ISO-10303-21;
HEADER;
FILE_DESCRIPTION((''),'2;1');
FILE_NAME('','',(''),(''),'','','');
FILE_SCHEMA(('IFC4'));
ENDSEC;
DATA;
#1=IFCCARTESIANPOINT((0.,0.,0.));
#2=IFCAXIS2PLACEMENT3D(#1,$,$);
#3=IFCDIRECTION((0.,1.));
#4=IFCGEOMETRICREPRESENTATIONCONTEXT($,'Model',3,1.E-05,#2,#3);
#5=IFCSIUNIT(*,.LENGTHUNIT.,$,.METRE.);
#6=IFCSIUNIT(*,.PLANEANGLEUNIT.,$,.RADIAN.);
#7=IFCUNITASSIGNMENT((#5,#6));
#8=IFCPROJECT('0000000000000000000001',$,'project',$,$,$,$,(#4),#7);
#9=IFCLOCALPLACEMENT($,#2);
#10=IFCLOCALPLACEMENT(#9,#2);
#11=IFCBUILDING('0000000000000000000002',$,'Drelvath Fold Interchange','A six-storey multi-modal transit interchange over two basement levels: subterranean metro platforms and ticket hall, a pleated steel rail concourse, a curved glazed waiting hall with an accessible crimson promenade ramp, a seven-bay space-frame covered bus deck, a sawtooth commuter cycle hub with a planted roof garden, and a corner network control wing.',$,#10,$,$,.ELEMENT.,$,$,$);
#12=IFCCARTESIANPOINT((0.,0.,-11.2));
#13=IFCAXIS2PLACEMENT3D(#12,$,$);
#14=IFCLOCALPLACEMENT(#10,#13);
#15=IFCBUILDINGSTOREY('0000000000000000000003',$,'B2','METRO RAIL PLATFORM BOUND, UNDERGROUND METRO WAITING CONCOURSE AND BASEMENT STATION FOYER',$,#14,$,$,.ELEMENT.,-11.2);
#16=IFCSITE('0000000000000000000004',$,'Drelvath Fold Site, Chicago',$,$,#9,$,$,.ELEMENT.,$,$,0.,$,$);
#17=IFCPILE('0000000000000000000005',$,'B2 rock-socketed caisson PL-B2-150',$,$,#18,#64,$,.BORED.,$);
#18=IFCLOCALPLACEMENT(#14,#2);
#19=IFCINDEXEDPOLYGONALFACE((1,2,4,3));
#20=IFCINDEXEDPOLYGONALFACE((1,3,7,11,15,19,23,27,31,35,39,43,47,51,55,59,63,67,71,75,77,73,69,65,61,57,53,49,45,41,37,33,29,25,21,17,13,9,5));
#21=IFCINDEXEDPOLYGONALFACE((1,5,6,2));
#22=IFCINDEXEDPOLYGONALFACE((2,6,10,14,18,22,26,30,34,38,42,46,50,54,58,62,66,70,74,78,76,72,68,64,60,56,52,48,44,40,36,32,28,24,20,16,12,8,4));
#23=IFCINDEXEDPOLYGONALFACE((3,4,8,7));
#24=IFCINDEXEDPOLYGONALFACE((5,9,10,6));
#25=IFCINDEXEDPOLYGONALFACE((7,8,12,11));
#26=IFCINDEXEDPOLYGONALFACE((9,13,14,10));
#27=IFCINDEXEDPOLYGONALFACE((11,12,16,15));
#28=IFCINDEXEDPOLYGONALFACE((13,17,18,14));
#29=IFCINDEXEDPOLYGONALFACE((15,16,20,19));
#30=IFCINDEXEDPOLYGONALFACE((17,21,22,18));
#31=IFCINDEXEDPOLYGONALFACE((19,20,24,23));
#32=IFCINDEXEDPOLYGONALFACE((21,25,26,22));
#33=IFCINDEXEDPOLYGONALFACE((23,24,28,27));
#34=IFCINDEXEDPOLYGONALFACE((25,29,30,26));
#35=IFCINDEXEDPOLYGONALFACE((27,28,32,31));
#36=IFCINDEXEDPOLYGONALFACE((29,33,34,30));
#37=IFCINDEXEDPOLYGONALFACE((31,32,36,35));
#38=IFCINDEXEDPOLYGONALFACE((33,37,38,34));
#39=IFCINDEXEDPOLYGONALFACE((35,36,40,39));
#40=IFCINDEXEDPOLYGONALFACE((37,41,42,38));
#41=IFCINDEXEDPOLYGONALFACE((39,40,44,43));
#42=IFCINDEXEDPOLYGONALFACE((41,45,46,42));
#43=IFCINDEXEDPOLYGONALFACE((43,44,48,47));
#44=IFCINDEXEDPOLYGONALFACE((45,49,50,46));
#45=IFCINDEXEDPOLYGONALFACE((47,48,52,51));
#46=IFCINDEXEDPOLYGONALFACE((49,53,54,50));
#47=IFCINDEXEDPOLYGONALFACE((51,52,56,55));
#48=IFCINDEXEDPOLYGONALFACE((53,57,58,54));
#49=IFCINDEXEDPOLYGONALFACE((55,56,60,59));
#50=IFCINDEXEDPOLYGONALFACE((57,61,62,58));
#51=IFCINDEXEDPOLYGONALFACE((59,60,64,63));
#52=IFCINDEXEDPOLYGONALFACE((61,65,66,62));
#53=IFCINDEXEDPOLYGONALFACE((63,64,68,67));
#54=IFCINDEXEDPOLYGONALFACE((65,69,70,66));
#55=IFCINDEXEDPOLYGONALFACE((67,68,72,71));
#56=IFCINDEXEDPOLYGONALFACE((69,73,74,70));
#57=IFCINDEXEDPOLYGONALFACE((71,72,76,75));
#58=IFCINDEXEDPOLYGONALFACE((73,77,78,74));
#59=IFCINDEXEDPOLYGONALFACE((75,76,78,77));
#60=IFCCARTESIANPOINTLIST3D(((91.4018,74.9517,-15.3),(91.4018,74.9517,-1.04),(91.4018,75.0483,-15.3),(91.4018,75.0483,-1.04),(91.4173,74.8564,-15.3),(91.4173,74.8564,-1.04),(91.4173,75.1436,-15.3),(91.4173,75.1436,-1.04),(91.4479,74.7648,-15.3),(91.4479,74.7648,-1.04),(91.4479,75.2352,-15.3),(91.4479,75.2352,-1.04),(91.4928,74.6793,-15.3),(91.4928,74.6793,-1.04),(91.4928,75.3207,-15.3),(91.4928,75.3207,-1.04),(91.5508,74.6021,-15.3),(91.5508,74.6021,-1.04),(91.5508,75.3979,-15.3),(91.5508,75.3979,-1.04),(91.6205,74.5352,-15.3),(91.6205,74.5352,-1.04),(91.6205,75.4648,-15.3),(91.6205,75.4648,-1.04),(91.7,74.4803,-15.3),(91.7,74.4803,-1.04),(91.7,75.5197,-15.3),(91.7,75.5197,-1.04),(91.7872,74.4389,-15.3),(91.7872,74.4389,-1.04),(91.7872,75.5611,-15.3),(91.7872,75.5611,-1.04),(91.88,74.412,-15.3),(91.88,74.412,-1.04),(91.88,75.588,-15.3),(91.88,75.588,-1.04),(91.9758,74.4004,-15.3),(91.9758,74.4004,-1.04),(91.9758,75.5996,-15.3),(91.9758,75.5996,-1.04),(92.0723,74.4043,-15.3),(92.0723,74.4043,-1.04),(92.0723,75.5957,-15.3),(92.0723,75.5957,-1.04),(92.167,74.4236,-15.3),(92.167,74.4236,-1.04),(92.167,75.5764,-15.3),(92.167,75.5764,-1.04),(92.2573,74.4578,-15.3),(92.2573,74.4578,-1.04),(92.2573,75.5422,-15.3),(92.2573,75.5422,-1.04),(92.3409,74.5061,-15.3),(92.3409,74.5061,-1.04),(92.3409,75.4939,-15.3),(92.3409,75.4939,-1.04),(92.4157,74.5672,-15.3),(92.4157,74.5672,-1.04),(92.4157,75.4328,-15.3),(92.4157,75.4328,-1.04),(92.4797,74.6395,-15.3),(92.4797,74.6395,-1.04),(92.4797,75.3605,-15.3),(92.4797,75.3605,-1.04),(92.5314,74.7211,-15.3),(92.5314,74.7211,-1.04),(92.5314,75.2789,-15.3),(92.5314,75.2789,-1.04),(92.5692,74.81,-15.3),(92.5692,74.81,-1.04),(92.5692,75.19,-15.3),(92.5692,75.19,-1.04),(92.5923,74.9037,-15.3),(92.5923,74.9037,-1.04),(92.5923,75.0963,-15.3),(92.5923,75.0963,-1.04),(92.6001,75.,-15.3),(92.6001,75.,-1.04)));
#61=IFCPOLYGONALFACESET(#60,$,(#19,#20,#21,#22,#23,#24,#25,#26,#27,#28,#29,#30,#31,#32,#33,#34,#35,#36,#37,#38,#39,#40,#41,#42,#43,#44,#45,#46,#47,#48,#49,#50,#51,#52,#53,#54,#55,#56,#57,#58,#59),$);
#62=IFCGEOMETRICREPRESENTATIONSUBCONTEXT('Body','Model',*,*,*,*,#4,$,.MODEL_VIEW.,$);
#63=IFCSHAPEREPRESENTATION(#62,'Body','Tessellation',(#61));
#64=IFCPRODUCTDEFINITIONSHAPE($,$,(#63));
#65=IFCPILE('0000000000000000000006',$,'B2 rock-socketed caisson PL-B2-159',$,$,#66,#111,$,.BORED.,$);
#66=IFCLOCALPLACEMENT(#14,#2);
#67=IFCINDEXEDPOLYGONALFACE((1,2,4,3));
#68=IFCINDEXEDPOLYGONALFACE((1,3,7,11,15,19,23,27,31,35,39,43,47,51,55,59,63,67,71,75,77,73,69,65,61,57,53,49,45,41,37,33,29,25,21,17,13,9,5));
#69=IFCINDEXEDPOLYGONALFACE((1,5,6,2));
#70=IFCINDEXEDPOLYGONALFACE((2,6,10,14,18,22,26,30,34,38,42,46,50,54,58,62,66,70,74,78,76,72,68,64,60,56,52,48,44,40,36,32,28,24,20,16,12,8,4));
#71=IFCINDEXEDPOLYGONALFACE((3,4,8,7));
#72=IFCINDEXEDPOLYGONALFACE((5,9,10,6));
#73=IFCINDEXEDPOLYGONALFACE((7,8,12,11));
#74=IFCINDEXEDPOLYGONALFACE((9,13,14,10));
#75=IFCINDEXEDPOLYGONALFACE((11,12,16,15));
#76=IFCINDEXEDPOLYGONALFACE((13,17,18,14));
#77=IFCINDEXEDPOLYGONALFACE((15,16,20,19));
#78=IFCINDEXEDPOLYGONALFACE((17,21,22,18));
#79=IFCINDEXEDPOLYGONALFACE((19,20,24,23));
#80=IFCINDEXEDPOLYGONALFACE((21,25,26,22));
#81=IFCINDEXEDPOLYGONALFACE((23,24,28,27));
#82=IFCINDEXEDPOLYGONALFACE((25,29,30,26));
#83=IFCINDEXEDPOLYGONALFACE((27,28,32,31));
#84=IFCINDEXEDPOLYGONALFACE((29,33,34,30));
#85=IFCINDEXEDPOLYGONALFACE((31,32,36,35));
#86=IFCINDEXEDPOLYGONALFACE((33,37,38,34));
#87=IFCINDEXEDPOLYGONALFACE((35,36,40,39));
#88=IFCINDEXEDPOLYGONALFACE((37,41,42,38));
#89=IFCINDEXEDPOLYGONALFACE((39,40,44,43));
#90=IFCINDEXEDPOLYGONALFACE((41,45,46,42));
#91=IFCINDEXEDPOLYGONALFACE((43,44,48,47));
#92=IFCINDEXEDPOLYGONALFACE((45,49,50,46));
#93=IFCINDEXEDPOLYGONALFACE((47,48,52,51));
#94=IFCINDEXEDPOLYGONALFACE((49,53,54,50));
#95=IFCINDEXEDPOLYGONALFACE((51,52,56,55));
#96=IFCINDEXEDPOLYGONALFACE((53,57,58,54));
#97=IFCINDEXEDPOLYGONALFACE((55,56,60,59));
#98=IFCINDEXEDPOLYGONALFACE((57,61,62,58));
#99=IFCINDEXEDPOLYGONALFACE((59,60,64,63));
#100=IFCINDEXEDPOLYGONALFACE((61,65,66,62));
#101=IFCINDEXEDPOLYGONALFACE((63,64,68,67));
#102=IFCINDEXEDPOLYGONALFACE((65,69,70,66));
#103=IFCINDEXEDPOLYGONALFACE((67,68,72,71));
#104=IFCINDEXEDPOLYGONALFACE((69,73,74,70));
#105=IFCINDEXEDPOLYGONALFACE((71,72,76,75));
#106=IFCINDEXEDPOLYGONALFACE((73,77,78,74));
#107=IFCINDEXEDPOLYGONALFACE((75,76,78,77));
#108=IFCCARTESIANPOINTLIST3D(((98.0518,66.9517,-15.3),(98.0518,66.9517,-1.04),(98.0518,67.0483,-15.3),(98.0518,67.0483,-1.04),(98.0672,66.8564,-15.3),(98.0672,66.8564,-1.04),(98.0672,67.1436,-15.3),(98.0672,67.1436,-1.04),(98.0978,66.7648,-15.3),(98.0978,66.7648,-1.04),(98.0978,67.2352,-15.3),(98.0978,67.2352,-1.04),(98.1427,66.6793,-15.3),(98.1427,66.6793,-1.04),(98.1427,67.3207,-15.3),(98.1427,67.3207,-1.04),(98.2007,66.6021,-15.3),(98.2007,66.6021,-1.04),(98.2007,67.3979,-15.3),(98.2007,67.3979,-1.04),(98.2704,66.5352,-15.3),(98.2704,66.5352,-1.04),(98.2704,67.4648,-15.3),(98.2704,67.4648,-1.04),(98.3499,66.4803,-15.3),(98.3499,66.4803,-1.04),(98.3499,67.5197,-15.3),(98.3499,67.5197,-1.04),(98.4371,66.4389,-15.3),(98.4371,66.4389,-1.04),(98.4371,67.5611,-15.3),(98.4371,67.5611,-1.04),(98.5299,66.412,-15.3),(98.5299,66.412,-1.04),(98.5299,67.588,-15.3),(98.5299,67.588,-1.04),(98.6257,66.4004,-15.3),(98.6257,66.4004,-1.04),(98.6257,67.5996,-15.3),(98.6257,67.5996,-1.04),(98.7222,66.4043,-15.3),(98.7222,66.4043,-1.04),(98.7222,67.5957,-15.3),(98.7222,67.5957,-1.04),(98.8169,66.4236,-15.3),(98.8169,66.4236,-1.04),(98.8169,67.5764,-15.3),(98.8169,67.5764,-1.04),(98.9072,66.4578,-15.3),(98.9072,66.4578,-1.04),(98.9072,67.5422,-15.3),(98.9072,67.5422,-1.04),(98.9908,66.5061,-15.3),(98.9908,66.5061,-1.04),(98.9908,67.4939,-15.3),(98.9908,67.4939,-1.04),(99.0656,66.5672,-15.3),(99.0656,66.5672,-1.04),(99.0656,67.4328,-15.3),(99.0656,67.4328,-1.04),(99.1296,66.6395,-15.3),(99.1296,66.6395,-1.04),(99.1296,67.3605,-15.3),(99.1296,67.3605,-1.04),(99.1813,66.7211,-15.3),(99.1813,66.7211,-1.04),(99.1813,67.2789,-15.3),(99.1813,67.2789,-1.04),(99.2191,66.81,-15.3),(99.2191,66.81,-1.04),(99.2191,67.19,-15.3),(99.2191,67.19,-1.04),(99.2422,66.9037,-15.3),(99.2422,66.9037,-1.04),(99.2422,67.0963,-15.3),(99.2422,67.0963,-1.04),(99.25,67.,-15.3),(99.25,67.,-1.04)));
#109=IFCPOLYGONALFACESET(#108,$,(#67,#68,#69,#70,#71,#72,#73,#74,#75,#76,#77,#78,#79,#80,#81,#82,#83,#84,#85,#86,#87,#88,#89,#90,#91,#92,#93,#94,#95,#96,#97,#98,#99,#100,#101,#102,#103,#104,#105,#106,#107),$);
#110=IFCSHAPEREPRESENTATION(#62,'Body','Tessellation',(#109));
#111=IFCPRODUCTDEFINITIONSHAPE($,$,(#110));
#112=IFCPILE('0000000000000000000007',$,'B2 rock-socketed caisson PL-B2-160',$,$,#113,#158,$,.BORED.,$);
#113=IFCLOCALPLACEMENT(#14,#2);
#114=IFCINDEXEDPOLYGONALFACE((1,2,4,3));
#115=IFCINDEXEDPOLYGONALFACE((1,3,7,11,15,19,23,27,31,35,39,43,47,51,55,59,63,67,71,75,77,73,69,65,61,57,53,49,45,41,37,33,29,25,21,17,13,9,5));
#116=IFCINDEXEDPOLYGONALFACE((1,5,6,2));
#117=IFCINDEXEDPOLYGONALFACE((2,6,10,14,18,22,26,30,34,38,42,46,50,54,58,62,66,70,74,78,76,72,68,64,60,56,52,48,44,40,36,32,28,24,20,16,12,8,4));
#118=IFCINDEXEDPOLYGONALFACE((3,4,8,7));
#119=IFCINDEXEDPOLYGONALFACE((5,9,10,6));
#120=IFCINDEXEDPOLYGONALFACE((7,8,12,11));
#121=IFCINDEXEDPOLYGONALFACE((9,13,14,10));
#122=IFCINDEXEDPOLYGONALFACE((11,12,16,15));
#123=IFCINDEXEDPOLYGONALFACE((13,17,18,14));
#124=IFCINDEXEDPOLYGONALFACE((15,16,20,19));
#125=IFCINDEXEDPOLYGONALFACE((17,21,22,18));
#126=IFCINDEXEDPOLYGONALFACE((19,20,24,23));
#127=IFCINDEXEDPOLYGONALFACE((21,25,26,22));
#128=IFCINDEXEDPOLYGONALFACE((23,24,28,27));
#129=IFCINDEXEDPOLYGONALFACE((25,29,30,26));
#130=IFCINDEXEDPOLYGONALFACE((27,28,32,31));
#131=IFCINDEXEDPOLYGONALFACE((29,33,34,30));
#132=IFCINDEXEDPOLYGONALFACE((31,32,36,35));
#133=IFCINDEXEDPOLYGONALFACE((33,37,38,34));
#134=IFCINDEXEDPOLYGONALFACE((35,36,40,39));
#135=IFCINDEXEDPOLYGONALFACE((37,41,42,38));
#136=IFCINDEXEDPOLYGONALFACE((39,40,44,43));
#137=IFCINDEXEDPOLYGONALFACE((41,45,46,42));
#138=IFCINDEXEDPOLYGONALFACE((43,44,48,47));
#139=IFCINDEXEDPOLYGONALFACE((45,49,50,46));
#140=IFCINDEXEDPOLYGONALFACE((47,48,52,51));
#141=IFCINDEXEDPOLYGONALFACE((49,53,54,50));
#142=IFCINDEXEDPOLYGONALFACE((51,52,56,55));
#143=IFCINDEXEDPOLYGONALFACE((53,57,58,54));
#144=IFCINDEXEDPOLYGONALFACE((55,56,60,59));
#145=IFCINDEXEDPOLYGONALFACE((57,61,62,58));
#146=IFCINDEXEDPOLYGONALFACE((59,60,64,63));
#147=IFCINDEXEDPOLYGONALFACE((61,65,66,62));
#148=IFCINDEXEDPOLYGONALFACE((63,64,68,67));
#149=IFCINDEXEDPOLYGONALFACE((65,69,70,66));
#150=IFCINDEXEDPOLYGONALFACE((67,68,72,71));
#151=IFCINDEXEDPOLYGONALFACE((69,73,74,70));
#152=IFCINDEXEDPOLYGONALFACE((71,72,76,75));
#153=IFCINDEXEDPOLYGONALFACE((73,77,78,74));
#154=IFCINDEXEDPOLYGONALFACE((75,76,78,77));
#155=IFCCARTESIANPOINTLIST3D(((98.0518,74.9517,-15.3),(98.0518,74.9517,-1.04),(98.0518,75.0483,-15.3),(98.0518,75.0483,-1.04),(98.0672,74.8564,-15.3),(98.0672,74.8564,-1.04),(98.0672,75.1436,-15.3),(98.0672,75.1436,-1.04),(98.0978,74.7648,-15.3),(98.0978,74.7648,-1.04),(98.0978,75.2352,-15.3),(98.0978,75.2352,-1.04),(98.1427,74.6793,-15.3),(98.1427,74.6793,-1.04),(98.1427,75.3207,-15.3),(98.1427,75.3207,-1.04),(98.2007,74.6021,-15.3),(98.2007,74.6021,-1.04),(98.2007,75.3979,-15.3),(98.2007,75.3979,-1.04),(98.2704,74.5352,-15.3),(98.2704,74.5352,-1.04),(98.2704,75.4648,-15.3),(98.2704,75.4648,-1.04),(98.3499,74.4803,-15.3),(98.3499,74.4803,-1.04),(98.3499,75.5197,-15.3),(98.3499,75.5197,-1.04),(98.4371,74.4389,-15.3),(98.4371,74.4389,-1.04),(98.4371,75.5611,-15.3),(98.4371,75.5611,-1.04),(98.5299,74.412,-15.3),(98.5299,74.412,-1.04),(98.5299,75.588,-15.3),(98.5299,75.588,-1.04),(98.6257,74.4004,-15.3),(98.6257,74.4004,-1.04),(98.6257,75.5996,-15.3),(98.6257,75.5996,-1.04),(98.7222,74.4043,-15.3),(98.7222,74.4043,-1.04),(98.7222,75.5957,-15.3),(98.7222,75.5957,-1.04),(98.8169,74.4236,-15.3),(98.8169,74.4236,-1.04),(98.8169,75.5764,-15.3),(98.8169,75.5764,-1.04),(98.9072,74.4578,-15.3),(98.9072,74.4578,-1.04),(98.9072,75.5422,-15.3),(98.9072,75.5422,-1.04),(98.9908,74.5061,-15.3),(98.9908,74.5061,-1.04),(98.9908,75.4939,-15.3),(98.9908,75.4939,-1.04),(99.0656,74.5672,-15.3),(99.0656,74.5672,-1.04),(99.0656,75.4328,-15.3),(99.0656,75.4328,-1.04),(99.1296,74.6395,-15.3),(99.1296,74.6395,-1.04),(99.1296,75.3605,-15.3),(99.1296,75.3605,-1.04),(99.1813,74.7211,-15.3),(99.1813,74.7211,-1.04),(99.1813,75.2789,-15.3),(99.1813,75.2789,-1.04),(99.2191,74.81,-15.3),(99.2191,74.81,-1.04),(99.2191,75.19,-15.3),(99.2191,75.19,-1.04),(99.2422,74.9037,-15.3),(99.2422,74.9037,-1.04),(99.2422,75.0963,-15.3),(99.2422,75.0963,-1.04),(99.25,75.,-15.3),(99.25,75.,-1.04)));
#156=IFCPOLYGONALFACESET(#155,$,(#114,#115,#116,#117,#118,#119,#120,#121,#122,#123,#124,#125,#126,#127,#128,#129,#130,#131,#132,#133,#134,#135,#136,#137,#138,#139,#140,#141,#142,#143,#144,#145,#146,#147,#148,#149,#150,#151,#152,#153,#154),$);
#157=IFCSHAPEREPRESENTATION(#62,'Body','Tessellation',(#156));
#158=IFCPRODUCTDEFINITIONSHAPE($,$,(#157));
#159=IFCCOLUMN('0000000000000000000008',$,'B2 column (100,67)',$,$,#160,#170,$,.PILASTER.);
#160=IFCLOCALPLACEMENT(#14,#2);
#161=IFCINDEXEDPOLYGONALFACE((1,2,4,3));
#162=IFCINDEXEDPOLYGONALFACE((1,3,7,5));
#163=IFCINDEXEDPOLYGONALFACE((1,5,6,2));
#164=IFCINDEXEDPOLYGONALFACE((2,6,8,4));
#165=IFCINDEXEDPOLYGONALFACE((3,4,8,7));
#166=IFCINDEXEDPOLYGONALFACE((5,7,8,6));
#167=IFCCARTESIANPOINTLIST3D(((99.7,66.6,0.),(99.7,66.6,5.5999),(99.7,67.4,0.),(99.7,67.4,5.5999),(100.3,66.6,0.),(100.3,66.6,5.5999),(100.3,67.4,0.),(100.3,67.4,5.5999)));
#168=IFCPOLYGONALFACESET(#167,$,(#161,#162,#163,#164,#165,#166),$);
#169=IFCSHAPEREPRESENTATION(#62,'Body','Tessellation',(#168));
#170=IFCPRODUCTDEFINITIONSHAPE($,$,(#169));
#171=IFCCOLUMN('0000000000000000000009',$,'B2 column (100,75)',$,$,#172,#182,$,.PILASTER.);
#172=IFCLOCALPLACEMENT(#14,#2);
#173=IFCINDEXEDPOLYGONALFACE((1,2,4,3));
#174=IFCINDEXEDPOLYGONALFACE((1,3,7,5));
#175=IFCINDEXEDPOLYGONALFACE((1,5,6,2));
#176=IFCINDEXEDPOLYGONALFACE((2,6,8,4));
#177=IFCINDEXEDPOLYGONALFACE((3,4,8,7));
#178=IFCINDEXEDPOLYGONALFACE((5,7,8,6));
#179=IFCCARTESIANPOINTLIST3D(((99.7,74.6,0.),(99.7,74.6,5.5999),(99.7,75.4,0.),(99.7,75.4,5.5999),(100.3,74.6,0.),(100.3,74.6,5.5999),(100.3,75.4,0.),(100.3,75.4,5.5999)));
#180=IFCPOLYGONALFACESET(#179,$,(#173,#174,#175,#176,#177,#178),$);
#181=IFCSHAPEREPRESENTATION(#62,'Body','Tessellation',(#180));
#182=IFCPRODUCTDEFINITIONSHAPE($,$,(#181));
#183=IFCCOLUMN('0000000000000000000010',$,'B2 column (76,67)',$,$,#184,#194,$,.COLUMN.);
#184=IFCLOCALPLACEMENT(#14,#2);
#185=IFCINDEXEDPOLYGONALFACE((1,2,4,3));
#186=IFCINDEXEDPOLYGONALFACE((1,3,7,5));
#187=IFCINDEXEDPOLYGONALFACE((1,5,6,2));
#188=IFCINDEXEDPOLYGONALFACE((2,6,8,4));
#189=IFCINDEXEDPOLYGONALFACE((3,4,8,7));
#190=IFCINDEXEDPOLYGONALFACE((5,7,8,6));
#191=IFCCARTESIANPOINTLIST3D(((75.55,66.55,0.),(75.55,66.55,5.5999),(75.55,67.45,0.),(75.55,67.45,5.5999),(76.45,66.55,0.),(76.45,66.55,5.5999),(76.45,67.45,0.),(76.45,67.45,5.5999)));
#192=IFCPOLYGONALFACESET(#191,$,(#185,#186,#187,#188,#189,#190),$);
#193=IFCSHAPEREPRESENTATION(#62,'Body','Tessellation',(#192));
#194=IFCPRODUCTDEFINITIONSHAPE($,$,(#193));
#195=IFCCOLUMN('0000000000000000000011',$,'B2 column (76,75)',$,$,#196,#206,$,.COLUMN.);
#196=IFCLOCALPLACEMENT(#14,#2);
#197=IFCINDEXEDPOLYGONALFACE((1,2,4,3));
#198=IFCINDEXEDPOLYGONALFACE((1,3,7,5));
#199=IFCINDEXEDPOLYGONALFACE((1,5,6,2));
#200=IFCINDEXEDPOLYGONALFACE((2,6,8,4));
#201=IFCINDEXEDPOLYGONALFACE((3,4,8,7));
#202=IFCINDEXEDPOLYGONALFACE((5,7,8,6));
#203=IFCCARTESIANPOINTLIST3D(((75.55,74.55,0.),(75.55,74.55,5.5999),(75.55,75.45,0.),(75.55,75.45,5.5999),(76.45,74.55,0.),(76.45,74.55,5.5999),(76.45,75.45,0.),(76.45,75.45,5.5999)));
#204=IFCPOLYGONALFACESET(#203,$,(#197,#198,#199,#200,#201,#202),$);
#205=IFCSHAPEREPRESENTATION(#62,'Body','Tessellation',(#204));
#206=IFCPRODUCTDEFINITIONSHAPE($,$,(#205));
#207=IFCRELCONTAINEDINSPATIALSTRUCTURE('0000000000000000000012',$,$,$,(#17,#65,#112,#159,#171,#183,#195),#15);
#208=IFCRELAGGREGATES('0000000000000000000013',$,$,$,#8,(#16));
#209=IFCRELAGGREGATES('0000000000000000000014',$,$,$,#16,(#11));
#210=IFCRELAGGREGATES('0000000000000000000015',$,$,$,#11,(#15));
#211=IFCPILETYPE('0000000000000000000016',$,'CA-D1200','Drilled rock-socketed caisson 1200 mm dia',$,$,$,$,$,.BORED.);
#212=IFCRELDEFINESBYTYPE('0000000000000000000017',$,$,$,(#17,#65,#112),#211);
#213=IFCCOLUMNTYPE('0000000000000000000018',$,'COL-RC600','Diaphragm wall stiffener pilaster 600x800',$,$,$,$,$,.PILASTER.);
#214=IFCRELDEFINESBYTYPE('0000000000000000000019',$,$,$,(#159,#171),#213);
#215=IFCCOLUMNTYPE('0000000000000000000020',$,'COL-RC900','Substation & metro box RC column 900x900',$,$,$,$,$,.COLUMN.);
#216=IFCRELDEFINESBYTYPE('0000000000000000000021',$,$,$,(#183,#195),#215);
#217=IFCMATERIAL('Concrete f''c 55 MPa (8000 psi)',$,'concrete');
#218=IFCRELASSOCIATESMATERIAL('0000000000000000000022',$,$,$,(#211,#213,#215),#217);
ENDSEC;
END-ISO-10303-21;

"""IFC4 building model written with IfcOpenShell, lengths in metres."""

from ifc_helpers import new_model, si_unit, direction, frame, origin, origin_2d, place, context, subcontext, project, spatial, rectangle, circle, extrude, material, material_profile, profile_set, type_object, element, save


model = new_model("IFC4")

# Units and contexts
model_context = context("Model", 3, precision=1e-05, world=origin(), true_north=direction((0.0, 1.0)))
body_context = subcontext(model_context, "Body", "Model", "MODEL_VIEW")
ifc_project = project(units=[si_unit("LENGTHUNIT", "METRE"), si_unit("PLANEANGLEUNIT", "RADIAN")], contexts=[model_context])

# Site, building, storey
site_placement = place(None, origin())
site = spatial("IfcSite", under=ifc_project, at=site_placement, Name="Drelvath Fold Site, Chicago", CompositionType="ELEMENT", RefElevation=0.0)
building_placement = place(site_placement, origin())
building = spatial("IfcBuilding", under=site, at=building_placement, Name="Drelvath Fold Interchange", Description="A six-storey multi-modal transit interchange over two basement levels: subterranean metro platforms and ticket hall, a pleated steel rail concourse, a curved glazed waiting hall with an accessible crimson promenade ramp, a seven-bay space-frame covered bus deck, a sawtooth commuter cycle hub with a planted roof garden, and a corner network control wing.", CompositionType="ELEMENT")
storey_placement = place(building_placement, frame((0.0, 0.0, -11.2)))
storey = spatial("IfcBuildingStorey", under=building, at=storey_placement, Name="B2", Description="METRO RAIL PLATFORM BOUND, UNDERGROUND METRO WAITING CONCOURSE AND BASEMENT STATION FOYER", CompositionType="ELEMENT", Elevation=-11.2)

# Piles
ifc_material_1 = material(Name="Concrete f'c 55 MPa (8000 psi)", Category="concrete")
ifc_material_profile_1 = material_profile(ifc_material_1, circle(Radius=0.6001, at=origin_2d()), Name="CAISSON D1200")
ifc_profile_set_1 = profile_set([ifc_material_profile_1], Name="Concrete f'c 55 MPa (8000 psi)")
pile_type = type_object("IfcPileType", Name="CA-D1200", Description="Drilled rock-socketed caisson 1200 mm dia", PredefinedType="BORED", material=ifc_profile_set_1)
for number, where, z_axis, x_axis, name in (
    (1, (92.0, 75.0, -1.04), (0.0, 0.0, -1.0), (1.0, 0.0, 0.0), "B2 rock-socketed caisson PL-B2-150"),
    (2, (98.6499, 67.0, -1.04), (0.0, 0.0, -1.0), (1.0, 0.0, 0.0), "B2 rock-socketed caisson PL-B2-159"),
    (3, (98.6499, 75.0, -1.04), (0.0, 0.0, -1.0), (1.0, 0.0, 0.0), "B2 rock-socketed caisson PL-B2-160"),
):
    element("IfcPile", number, at=place(storey_placement, frame(where, z_axis=z_axis, x_axis=x_axis)), inside=storey, type_object=pile_type, Name=name, PredefinedType="BORED", context=body_context, shape_type="SweptSolid", body=[
        extrude(circle(Radius=0.6001, at=origin_2d()), origin(), (0.0, 0.0, 1.0), 14.26),
    ])

# Columns
ifc_material_profile_2 = material_profile(ifc_material_1, rectangle(XDim=0.6001, YDim=0.8, at=origin_2d()), Name="RC 600x800")
ifc_profile_set_2 = profile_set([ifc_material_profile_2], Name="Concrete f'c 55 MPa (8000 psi)")
column_type_1 = type_object("IfcColumnType", Name="COL-RC600", Description="Diaphragm wall stiffener pilaster 600x800", PredefinedType="PILASTER", material=ifc_profile_set_2)
for number, where, z_axis, x_axis, name in (
    (4, (100.0, 67.0, 0.0), (0.0, 0.0, 1.0), (1.0, 0.0, 0.0), "B2 column (100,67)"),
    (5, (100.0, 75.0, 0.0), (0.0, 0.0, 1.0), (1.0, 0.0, 0.0), "B2 column (100,75)"),
):
    element("IfcColumn", number, at=place(storey_placement, frame(where, z_axis=z_axis, x_axis=x_axis)), inside=storey, type_object=column_type_1, Name=name, PredefinedType="PILASTER", context=body_context, shape_type="SweptSolid", body=[
        extrude(rectangle(XDim=0.6001, YDim=0.8, at=origin_2d()), origin(), (0.0, 0.0, 1.0), 5.5999),
    ])
ifc_material_profile_3 = material_profile(ifc_material_1, rectangle(XDim=0.8999, YDim=0.8999, at=origin_2d()), Name="RC 900x900")
ifc_profile_set_3 = profile_set([ifc_material_profile_3], Name="Concrete f'c 55 MPa (8000 psi)")
column_type_2 = type_object("IfcColumnType", Name="COL-RC900", Description="Substation & metro box RC column 900x900", PredefinedType="COLUMN", material=ifc_profile_set_3)
for number, where, z_axis, x_axis, name in (
    (6, (76.0, 67.0, 0.0), (0.0, 0.0, 1.0), (1.0, 0.0, 0.0), "B2 column (76,67)"),
    (7, (76.0, 75.0, 0.0), (0.0, 0.0, 1.0), (1.0, 0.0, 0.0), "B2 column (76,75)"),
):
    element("IfcColumn", number, at=place(storey_placement, frame(where, z_axis=z_axis, x_axis=x_axis)), inside=storey, type_object=column_type_2, Name=name, PredefinedType="COLUMN", context=body_context, shape_type="SweptSolid", body=[
        extrude(rectangle(XDim=0.8999, YDim=0.8999, at=origin_2d()), origin(), (0.0, 0.0, 1.0), 5.5999),
    ])

save(model, "model.ifc")
